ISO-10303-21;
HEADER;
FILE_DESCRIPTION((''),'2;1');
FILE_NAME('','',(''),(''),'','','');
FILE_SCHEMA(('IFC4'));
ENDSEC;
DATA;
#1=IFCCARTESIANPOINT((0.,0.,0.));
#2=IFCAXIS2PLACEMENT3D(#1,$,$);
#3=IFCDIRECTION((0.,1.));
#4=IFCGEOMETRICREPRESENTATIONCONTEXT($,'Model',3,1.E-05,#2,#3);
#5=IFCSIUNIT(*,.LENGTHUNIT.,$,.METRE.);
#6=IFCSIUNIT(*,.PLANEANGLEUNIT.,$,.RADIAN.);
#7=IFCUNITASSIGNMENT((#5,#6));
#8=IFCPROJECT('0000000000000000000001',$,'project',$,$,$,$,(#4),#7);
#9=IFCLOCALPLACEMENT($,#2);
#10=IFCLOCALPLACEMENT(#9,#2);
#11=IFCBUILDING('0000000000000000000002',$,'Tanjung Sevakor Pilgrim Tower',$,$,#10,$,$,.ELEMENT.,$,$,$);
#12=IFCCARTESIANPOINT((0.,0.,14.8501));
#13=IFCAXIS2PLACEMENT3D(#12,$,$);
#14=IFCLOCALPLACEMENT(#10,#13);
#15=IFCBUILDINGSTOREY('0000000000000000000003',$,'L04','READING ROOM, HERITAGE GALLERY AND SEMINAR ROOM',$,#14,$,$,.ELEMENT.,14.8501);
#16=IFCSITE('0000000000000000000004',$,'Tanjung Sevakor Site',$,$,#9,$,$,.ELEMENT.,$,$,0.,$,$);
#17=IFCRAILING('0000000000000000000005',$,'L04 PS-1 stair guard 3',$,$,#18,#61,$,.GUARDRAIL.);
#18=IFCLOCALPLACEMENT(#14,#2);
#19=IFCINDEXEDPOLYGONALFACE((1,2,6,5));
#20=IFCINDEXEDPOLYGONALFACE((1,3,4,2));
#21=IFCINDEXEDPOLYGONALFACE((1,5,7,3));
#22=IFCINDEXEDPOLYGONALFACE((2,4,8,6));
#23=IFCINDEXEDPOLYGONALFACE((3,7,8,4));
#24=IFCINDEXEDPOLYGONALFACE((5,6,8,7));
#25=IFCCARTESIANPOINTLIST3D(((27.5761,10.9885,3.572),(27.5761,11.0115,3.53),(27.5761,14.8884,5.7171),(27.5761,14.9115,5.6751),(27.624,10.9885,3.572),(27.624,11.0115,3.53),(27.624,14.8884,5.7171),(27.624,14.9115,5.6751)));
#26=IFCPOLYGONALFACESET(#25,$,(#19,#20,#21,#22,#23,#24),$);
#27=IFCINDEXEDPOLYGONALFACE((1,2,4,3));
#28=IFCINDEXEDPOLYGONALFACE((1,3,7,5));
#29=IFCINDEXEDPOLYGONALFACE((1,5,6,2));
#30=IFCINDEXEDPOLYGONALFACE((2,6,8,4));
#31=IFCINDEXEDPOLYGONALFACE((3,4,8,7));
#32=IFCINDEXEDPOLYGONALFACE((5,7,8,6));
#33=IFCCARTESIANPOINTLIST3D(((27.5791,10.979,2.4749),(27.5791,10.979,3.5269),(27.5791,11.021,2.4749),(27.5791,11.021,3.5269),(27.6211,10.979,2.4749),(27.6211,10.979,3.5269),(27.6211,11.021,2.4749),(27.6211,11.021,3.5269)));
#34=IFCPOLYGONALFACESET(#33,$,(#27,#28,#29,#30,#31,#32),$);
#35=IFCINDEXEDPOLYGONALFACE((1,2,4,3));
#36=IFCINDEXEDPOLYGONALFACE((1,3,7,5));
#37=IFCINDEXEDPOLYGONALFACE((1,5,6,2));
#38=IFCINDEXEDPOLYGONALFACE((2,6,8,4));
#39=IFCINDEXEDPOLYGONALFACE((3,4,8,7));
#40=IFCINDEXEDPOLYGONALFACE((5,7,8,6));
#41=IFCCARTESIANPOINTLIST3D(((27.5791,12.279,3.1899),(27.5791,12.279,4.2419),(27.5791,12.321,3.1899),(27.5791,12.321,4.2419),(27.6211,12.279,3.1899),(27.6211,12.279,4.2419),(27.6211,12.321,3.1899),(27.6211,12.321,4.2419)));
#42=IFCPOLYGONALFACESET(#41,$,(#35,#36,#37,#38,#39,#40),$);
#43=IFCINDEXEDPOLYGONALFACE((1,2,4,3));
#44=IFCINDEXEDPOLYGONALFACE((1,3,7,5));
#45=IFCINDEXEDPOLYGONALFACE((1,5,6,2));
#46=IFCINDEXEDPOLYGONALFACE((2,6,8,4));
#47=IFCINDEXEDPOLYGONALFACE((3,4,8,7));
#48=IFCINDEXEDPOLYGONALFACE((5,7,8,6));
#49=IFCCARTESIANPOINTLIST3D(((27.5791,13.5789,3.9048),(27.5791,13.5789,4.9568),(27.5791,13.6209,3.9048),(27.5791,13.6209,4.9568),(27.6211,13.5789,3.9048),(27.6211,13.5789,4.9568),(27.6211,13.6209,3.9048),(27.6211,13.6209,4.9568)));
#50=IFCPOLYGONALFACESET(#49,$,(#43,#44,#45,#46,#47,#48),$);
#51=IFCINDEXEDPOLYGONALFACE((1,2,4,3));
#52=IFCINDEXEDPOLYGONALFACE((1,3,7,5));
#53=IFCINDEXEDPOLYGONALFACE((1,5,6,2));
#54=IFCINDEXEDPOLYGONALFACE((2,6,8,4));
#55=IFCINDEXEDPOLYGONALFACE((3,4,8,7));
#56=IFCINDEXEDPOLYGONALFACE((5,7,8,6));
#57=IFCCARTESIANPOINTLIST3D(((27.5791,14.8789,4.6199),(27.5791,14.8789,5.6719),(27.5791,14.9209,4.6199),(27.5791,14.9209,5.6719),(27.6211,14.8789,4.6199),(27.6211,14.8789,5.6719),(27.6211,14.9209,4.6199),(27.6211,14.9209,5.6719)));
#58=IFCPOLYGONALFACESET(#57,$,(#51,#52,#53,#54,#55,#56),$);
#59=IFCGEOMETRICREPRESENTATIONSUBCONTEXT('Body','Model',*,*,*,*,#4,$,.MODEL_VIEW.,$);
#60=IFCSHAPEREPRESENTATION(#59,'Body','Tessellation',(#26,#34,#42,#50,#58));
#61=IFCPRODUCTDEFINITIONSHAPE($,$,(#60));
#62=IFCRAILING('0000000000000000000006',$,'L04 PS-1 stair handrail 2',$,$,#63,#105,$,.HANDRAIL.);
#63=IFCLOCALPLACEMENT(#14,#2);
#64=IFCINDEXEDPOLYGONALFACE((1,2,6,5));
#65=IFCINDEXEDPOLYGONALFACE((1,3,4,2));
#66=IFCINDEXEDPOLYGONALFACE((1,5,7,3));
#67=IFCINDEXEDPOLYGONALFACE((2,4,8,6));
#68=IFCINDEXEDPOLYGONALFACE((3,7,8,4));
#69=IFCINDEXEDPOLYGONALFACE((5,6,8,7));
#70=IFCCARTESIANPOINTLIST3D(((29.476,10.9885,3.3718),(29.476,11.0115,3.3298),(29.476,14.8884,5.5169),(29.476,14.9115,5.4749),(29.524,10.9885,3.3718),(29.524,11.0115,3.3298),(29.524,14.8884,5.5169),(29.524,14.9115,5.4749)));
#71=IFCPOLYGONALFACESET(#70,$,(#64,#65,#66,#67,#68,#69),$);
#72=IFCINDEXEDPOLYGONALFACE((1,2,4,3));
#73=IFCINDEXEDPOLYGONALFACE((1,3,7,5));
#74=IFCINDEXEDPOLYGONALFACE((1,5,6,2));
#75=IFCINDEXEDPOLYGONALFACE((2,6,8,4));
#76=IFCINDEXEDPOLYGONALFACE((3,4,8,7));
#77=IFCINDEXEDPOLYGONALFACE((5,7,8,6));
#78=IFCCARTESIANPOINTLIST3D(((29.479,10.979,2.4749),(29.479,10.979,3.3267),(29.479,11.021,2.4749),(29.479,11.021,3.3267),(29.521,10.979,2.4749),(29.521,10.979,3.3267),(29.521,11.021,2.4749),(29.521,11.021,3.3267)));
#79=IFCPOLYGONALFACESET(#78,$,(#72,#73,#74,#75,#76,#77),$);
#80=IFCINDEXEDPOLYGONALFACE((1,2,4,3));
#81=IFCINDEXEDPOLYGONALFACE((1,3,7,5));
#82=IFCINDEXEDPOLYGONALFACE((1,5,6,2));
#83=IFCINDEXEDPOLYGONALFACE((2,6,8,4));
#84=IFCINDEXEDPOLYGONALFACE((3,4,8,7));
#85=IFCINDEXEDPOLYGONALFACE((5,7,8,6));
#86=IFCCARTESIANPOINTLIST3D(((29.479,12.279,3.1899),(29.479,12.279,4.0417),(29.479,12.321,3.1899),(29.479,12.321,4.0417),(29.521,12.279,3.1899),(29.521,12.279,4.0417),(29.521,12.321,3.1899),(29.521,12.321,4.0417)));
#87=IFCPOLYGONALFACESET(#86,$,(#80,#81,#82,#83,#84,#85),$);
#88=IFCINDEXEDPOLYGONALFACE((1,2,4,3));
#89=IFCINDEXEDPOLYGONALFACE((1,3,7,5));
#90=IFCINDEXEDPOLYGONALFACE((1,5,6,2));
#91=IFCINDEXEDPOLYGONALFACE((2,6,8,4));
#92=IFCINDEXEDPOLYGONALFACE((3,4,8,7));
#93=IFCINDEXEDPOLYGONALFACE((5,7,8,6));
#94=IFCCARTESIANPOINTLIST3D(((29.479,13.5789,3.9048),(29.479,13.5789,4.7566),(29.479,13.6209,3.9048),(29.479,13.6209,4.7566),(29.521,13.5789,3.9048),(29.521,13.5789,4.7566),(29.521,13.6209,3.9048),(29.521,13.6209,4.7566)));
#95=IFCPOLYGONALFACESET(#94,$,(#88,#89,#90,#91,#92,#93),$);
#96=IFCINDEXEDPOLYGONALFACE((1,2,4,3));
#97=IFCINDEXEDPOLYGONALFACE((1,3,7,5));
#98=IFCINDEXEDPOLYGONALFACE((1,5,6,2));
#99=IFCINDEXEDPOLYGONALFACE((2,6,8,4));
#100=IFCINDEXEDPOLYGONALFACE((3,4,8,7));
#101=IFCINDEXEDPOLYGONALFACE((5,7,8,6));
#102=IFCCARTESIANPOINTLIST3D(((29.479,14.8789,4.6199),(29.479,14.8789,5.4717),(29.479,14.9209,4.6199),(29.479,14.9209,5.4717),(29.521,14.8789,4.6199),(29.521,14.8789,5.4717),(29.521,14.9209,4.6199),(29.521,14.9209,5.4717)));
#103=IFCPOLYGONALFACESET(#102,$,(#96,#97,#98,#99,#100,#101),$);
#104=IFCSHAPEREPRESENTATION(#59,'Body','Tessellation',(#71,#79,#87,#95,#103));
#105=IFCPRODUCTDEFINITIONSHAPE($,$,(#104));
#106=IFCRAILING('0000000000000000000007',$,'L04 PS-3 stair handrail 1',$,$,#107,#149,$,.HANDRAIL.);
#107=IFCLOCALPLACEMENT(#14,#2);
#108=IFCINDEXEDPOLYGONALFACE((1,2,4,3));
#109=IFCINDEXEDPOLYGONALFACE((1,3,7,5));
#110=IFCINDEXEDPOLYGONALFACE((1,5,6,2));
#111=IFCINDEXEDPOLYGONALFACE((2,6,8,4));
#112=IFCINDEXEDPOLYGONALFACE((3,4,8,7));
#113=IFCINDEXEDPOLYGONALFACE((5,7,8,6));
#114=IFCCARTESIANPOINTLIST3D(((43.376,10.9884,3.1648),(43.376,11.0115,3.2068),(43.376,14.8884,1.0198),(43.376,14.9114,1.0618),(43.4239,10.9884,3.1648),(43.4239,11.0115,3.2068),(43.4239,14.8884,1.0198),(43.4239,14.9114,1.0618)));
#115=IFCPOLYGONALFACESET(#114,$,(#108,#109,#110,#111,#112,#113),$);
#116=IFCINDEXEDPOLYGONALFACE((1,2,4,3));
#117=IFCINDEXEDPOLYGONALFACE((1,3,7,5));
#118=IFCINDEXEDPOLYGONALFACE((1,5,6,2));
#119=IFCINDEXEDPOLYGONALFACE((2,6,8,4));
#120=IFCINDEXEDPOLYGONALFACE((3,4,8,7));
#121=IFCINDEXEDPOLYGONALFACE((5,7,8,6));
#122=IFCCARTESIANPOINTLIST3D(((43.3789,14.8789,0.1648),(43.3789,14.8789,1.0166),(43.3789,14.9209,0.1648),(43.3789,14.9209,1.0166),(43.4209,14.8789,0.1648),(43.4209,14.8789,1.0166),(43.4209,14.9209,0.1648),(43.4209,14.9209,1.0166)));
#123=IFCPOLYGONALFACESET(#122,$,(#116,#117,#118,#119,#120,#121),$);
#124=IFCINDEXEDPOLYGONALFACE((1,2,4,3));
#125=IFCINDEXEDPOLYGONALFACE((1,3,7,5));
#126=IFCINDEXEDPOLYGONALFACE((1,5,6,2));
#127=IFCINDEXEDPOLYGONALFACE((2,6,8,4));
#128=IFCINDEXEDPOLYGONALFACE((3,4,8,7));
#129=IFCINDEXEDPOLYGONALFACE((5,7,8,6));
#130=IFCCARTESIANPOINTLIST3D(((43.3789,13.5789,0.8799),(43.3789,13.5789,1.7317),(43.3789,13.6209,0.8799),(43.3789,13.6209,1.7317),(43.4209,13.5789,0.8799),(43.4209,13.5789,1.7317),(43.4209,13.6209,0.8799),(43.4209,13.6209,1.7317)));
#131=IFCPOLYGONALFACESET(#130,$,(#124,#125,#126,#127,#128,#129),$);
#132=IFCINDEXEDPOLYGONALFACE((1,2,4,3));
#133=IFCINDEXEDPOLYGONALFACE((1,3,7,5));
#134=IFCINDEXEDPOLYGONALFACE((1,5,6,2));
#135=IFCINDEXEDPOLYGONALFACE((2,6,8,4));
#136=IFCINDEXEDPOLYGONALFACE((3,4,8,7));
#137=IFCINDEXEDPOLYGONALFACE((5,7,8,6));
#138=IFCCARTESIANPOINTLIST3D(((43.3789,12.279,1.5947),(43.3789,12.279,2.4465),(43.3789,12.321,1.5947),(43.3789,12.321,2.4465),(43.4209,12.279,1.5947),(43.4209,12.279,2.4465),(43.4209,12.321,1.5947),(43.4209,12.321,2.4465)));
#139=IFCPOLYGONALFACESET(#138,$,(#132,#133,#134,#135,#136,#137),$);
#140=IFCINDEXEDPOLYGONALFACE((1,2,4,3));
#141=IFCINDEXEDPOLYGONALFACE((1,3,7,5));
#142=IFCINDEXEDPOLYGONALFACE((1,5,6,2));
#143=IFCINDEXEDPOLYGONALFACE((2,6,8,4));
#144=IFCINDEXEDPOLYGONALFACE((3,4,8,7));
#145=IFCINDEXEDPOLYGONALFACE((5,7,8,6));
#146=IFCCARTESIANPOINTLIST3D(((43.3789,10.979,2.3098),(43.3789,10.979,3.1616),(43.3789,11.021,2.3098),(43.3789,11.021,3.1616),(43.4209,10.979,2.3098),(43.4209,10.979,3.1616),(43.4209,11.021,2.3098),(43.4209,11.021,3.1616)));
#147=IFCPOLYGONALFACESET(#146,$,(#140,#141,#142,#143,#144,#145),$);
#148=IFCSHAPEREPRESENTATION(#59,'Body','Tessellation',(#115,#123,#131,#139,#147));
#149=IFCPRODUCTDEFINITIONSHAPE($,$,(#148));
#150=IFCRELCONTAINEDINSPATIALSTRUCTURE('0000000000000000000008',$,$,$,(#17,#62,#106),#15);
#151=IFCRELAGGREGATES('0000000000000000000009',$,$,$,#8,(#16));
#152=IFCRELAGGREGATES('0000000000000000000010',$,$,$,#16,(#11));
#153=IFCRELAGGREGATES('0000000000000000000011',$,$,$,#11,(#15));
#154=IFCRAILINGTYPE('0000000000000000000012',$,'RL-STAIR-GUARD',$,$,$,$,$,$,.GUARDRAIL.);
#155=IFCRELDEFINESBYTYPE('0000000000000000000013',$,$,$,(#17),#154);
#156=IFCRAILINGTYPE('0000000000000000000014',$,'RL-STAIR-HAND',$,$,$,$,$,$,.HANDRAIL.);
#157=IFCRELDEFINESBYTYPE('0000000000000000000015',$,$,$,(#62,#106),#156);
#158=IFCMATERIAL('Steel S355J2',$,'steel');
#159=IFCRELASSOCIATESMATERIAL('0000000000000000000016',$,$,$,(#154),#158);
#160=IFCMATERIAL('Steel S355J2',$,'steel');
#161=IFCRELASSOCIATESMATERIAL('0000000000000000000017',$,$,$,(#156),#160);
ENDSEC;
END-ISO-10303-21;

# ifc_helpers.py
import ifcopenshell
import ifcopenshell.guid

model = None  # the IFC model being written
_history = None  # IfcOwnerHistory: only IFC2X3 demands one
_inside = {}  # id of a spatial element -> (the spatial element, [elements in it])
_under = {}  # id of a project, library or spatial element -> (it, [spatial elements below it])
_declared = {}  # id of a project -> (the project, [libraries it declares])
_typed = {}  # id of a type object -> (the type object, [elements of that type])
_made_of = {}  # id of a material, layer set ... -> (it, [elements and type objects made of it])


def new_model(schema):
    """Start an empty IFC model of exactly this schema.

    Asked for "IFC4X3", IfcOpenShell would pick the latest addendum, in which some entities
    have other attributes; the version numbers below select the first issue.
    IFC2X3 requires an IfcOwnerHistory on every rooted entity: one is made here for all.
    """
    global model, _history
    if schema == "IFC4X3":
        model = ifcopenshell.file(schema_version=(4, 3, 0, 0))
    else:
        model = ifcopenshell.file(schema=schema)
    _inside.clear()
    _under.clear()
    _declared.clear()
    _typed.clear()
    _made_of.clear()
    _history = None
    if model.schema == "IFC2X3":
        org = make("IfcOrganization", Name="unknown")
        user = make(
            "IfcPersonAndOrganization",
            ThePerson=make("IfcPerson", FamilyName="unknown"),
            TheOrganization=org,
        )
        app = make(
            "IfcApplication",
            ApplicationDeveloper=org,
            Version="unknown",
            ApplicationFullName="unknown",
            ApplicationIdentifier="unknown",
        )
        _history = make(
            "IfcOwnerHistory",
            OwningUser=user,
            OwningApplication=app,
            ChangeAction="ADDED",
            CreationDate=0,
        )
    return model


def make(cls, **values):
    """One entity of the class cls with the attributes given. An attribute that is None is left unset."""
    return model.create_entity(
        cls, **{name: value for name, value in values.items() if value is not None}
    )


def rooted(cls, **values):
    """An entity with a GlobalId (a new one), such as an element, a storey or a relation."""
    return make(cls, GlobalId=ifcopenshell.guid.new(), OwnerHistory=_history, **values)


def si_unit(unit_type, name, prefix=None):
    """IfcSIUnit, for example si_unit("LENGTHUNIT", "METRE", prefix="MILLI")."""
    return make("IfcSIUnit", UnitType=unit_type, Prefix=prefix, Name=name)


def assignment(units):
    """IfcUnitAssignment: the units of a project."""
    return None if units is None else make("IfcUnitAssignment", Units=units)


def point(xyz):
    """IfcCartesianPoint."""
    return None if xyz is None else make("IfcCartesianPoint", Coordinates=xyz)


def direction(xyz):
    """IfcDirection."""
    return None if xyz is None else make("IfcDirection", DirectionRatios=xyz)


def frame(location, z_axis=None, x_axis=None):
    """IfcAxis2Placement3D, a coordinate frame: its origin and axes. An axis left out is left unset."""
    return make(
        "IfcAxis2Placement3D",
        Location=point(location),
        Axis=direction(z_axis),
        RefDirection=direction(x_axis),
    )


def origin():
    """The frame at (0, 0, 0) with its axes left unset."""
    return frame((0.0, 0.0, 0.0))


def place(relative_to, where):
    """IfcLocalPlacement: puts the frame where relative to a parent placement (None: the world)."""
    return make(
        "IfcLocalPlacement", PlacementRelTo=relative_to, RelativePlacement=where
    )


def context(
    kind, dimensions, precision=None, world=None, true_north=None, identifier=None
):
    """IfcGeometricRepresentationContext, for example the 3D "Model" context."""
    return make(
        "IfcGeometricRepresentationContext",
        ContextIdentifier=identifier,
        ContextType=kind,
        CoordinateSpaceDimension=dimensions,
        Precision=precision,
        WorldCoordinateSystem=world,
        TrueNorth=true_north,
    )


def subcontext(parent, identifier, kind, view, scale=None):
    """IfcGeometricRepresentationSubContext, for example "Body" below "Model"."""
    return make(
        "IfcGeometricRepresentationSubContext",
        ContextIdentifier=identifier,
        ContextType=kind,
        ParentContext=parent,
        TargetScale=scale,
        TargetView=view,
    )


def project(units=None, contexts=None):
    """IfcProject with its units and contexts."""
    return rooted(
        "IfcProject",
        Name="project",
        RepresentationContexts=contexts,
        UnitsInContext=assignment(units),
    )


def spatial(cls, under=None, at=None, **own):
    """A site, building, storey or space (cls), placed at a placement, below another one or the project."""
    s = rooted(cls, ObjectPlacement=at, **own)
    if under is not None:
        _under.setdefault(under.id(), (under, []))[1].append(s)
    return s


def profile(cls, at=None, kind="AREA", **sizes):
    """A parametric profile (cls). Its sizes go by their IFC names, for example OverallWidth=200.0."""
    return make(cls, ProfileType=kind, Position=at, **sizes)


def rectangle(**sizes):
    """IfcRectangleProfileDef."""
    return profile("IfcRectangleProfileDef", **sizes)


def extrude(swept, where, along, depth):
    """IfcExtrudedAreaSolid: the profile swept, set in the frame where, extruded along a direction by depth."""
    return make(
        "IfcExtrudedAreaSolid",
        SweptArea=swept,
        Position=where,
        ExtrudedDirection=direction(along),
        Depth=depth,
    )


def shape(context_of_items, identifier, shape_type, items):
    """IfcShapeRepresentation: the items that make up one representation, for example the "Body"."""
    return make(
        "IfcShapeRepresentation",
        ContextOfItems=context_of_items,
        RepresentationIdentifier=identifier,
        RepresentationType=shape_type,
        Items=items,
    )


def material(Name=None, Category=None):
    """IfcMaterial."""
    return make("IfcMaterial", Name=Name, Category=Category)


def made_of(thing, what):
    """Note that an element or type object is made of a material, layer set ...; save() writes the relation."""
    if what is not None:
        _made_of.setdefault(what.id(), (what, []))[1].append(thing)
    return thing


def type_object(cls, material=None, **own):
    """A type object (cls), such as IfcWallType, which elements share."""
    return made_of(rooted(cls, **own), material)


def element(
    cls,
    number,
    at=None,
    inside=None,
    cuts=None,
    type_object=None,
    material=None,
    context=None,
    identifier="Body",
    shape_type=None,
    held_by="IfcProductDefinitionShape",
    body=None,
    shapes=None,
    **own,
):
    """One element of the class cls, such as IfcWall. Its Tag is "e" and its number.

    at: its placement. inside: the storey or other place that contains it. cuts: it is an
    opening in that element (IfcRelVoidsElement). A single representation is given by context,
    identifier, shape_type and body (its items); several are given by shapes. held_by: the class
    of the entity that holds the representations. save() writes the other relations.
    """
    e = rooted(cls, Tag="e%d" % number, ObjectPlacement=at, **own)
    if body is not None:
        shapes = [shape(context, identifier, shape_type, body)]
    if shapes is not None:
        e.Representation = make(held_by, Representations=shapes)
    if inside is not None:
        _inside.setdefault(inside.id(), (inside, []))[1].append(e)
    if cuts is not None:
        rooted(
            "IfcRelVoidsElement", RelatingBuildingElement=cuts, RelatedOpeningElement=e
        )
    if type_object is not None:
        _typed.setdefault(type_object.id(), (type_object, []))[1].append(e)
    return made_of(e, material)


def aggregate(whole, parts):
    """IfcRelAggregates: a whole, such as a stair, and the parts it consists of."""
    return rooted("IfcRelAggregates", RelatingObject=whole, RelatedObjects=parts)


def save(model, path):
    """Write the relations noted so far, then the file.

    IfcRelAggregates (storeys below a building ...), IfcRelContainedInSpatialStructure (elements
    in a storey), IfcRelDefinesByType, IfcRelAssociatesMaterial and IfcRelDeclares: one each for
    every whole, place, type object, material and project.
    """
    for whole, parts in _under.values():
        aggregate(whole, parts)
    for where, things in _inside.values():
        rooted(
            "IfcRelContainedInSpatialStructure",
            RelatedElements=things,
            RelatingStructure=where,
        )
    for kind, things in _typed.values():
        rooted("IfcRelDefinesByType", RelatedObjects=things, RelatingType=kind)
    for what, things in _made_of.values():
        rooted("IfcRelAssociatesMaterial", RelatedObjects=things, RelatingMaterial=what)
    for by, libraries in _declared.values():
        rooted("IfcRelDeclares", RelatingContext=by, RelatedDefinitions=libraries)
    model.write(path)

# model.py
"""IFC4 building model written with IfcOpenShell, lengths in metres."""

from ifc_helpers import new_model, si_unit, direction, frame, origin, place, context, subcontext, project, spatial, rectangle, extrude, material, type_object, element, save


model = new_model("IFC4")

# Units and contexts
model_context = context("Model", 3, precision=1e-05, world=origin(), true_north=direction((0.0, 1.0)))
body_context = subcontext(model_context, "Body", "Model", "MODEL_VIEW")
ifc_project = project(units=[si_unit("LENGTHUNIT", "METRE"), si_unit("PLANEANGLEUNIT", "RADIAN")], contexts=[model_context])

# Site, building, storey
site_placement = place(None, origin())
site = spatial("IfcSite", under=ifc_project, at=site_placement, Name="Tanjung Sevakor Site", CompositionType="ELEMENT", RefElevation=0.0)
building_placement = place(site_placement, origin())
building = spatial("IfcBuilding", under=site, at=building_placement, Name="Tanjung Sevakor Pilgrim Tower", CompositionType="ELEMENT")
storey_placement = place(building_placement, frame((0.0, 0.0, 14.8501)))
storey = spatial("IfcBuildingStorey", under=building, at=storey_placement, Name="L04", Description="READING ROOM, HERITAGE GALLERY AND SEMINAR ROOM", CompositionType="ELEMENT", Elevation=14.8501)

# Railings
ifc_material_1 = material(Name="Steel S355J2", Category="steel")
railing_type_1 = type_object("IfcRailingType", Name="RL-STAIR-GUARD", PredefinedType="GUARDRAIL", material=ifc_material_1)
railing_1_placement = place(storey_placement, frame((27.6001, 11.0, 2.4749)))
element("IfcRailing", 1, at=railing_1_placement, inside=storey, type_object=railing_type_1, Name="L04 PS-1 stair guard 3", PredefinedType="GUARDRAIL", context=body_context, shape_type="SweptSolid", body=[
    extrude(rectangle(XDim=0.0479, YDim=0.0479), frame((0.0, 0.0, 1.0762), z_axis=(0.0, 0.876209, 0.481931), x_axis=(-1.0, 0.0, 0.0)), (0.0, 0.0, 1.0), 4.4509),
    extrude(rectangle(XDim=0.042, YDim=0.042), origin(), (0.0, 0.0, 1.0), 1.052),
    extrude(rectangle(XDim=0.042, YDim=0.042), frame((0.0, 1.3, 0.7151)), (0.0, 0.0, 1.0), 1.052),
    extrude(rectangle(XDim=0.042, YDim=0.042), frame((0.0, 2.5999, 1.4299)), (0.0, 0.0, 1.0), 1.052),
    extrude(rectangle(XDim=0.042, YDim=0.042), frame((0.0, 3.8999, 2.145)), (0.0, 0.0, 1.0), 1.052),
])
ifc_material_2 = material(Name="Steel S355J2", Category="steel")
railing_type_2 = type_object("IfcRailingType", Name="RL-STAIR-HAND", PredefinedType="HANDRAIL", material=ifc_material_2)
railing_2_placement = place(storey_placement, frame((29.5, 11.0, 2.4749)))
element("IfcRailing", 2, at=railing_2_placement, inside=storey, type_object=railing_type_2, Name="L04 PS-1 stair handrail 2", PredefinedType="HANDRAIL", context=body_context, shape_type="SweptSolid", body=[
    extrude(rectangle(XDim=0.0479, YDim=0.0479), frame((0.0, 0.0, 0.876), z_axis=(0.0, 0.876209, 0.481931), x_axis=(-1.0, 0.0, 0.0)), (0.0, 0.0, 1.0), 4.4509),
    extrude(rectangle(XDim=0.042, YDim=0.042), origin(), (0.0, 0.0, 1.0), 0.8518),
    extrude(rectangle(XDim=0.042, YDim=0.042), frame((0.0, 1.3, 0.7151)), (0.0, 0.0, 1.0), 0.8518),
    extrude(rectangle(XDim=0.042, YDim=0.042), frame((0.0, 2.5999, 1.4299)), (0.0, 0.0, 1.0), 0.8518),
    extrude(rectangle(XDim=0.042, YDim=0.042), frame((0.0, 3.8999, 2.145)), (0.0, 0.0, 1.0), 0.8518),
])
railing_3_placement = place(storey_placement, frame((43.3999, 14.8999, 0.1648)))
element("IfcRailing", 3, at=railing_3_placement, inside=storey, type_object=railing_type_2, Name="L04 PS-3 stair handrail 1", PredefinedType="HANDRAIL", context=body_context, shape_type="SweptSolid", body=[
    extrude(rectangle(XDim=0.0479, YDim=0.0479), frame((0.0, 0.0, 0.876), z_axis=(0.0, -0.876209, 0.481931), x_axis=(1.0, 0.0, 0.0)), (0.0, 0.0, 1.0), 4.4509),
    extrude(rectangle(XDim=0.042, YDim=0.042), origin(), (0.0, 0.0, 1.0), 0.8518),
    extrude(rectangle(XDim=0.042, YDim=0.042), frame((0.0, -1.3, 0.7151)), (0.0, 0.0, 1.0), 0.8518),
    extrude(rectangle(XDim=0.042, YDim=0.042), frame((0.0, -2.5999, 1.4299)), (0.0, 0.0, 1.0), 0.8518),
    extrude(rectangle(XDim=0.042, YDim=0.042), frame((0.0, -3.8999, 2.145)), (0.0, 0.0, 1.0), 0.8518),
])

save(model, "model.ifc")
